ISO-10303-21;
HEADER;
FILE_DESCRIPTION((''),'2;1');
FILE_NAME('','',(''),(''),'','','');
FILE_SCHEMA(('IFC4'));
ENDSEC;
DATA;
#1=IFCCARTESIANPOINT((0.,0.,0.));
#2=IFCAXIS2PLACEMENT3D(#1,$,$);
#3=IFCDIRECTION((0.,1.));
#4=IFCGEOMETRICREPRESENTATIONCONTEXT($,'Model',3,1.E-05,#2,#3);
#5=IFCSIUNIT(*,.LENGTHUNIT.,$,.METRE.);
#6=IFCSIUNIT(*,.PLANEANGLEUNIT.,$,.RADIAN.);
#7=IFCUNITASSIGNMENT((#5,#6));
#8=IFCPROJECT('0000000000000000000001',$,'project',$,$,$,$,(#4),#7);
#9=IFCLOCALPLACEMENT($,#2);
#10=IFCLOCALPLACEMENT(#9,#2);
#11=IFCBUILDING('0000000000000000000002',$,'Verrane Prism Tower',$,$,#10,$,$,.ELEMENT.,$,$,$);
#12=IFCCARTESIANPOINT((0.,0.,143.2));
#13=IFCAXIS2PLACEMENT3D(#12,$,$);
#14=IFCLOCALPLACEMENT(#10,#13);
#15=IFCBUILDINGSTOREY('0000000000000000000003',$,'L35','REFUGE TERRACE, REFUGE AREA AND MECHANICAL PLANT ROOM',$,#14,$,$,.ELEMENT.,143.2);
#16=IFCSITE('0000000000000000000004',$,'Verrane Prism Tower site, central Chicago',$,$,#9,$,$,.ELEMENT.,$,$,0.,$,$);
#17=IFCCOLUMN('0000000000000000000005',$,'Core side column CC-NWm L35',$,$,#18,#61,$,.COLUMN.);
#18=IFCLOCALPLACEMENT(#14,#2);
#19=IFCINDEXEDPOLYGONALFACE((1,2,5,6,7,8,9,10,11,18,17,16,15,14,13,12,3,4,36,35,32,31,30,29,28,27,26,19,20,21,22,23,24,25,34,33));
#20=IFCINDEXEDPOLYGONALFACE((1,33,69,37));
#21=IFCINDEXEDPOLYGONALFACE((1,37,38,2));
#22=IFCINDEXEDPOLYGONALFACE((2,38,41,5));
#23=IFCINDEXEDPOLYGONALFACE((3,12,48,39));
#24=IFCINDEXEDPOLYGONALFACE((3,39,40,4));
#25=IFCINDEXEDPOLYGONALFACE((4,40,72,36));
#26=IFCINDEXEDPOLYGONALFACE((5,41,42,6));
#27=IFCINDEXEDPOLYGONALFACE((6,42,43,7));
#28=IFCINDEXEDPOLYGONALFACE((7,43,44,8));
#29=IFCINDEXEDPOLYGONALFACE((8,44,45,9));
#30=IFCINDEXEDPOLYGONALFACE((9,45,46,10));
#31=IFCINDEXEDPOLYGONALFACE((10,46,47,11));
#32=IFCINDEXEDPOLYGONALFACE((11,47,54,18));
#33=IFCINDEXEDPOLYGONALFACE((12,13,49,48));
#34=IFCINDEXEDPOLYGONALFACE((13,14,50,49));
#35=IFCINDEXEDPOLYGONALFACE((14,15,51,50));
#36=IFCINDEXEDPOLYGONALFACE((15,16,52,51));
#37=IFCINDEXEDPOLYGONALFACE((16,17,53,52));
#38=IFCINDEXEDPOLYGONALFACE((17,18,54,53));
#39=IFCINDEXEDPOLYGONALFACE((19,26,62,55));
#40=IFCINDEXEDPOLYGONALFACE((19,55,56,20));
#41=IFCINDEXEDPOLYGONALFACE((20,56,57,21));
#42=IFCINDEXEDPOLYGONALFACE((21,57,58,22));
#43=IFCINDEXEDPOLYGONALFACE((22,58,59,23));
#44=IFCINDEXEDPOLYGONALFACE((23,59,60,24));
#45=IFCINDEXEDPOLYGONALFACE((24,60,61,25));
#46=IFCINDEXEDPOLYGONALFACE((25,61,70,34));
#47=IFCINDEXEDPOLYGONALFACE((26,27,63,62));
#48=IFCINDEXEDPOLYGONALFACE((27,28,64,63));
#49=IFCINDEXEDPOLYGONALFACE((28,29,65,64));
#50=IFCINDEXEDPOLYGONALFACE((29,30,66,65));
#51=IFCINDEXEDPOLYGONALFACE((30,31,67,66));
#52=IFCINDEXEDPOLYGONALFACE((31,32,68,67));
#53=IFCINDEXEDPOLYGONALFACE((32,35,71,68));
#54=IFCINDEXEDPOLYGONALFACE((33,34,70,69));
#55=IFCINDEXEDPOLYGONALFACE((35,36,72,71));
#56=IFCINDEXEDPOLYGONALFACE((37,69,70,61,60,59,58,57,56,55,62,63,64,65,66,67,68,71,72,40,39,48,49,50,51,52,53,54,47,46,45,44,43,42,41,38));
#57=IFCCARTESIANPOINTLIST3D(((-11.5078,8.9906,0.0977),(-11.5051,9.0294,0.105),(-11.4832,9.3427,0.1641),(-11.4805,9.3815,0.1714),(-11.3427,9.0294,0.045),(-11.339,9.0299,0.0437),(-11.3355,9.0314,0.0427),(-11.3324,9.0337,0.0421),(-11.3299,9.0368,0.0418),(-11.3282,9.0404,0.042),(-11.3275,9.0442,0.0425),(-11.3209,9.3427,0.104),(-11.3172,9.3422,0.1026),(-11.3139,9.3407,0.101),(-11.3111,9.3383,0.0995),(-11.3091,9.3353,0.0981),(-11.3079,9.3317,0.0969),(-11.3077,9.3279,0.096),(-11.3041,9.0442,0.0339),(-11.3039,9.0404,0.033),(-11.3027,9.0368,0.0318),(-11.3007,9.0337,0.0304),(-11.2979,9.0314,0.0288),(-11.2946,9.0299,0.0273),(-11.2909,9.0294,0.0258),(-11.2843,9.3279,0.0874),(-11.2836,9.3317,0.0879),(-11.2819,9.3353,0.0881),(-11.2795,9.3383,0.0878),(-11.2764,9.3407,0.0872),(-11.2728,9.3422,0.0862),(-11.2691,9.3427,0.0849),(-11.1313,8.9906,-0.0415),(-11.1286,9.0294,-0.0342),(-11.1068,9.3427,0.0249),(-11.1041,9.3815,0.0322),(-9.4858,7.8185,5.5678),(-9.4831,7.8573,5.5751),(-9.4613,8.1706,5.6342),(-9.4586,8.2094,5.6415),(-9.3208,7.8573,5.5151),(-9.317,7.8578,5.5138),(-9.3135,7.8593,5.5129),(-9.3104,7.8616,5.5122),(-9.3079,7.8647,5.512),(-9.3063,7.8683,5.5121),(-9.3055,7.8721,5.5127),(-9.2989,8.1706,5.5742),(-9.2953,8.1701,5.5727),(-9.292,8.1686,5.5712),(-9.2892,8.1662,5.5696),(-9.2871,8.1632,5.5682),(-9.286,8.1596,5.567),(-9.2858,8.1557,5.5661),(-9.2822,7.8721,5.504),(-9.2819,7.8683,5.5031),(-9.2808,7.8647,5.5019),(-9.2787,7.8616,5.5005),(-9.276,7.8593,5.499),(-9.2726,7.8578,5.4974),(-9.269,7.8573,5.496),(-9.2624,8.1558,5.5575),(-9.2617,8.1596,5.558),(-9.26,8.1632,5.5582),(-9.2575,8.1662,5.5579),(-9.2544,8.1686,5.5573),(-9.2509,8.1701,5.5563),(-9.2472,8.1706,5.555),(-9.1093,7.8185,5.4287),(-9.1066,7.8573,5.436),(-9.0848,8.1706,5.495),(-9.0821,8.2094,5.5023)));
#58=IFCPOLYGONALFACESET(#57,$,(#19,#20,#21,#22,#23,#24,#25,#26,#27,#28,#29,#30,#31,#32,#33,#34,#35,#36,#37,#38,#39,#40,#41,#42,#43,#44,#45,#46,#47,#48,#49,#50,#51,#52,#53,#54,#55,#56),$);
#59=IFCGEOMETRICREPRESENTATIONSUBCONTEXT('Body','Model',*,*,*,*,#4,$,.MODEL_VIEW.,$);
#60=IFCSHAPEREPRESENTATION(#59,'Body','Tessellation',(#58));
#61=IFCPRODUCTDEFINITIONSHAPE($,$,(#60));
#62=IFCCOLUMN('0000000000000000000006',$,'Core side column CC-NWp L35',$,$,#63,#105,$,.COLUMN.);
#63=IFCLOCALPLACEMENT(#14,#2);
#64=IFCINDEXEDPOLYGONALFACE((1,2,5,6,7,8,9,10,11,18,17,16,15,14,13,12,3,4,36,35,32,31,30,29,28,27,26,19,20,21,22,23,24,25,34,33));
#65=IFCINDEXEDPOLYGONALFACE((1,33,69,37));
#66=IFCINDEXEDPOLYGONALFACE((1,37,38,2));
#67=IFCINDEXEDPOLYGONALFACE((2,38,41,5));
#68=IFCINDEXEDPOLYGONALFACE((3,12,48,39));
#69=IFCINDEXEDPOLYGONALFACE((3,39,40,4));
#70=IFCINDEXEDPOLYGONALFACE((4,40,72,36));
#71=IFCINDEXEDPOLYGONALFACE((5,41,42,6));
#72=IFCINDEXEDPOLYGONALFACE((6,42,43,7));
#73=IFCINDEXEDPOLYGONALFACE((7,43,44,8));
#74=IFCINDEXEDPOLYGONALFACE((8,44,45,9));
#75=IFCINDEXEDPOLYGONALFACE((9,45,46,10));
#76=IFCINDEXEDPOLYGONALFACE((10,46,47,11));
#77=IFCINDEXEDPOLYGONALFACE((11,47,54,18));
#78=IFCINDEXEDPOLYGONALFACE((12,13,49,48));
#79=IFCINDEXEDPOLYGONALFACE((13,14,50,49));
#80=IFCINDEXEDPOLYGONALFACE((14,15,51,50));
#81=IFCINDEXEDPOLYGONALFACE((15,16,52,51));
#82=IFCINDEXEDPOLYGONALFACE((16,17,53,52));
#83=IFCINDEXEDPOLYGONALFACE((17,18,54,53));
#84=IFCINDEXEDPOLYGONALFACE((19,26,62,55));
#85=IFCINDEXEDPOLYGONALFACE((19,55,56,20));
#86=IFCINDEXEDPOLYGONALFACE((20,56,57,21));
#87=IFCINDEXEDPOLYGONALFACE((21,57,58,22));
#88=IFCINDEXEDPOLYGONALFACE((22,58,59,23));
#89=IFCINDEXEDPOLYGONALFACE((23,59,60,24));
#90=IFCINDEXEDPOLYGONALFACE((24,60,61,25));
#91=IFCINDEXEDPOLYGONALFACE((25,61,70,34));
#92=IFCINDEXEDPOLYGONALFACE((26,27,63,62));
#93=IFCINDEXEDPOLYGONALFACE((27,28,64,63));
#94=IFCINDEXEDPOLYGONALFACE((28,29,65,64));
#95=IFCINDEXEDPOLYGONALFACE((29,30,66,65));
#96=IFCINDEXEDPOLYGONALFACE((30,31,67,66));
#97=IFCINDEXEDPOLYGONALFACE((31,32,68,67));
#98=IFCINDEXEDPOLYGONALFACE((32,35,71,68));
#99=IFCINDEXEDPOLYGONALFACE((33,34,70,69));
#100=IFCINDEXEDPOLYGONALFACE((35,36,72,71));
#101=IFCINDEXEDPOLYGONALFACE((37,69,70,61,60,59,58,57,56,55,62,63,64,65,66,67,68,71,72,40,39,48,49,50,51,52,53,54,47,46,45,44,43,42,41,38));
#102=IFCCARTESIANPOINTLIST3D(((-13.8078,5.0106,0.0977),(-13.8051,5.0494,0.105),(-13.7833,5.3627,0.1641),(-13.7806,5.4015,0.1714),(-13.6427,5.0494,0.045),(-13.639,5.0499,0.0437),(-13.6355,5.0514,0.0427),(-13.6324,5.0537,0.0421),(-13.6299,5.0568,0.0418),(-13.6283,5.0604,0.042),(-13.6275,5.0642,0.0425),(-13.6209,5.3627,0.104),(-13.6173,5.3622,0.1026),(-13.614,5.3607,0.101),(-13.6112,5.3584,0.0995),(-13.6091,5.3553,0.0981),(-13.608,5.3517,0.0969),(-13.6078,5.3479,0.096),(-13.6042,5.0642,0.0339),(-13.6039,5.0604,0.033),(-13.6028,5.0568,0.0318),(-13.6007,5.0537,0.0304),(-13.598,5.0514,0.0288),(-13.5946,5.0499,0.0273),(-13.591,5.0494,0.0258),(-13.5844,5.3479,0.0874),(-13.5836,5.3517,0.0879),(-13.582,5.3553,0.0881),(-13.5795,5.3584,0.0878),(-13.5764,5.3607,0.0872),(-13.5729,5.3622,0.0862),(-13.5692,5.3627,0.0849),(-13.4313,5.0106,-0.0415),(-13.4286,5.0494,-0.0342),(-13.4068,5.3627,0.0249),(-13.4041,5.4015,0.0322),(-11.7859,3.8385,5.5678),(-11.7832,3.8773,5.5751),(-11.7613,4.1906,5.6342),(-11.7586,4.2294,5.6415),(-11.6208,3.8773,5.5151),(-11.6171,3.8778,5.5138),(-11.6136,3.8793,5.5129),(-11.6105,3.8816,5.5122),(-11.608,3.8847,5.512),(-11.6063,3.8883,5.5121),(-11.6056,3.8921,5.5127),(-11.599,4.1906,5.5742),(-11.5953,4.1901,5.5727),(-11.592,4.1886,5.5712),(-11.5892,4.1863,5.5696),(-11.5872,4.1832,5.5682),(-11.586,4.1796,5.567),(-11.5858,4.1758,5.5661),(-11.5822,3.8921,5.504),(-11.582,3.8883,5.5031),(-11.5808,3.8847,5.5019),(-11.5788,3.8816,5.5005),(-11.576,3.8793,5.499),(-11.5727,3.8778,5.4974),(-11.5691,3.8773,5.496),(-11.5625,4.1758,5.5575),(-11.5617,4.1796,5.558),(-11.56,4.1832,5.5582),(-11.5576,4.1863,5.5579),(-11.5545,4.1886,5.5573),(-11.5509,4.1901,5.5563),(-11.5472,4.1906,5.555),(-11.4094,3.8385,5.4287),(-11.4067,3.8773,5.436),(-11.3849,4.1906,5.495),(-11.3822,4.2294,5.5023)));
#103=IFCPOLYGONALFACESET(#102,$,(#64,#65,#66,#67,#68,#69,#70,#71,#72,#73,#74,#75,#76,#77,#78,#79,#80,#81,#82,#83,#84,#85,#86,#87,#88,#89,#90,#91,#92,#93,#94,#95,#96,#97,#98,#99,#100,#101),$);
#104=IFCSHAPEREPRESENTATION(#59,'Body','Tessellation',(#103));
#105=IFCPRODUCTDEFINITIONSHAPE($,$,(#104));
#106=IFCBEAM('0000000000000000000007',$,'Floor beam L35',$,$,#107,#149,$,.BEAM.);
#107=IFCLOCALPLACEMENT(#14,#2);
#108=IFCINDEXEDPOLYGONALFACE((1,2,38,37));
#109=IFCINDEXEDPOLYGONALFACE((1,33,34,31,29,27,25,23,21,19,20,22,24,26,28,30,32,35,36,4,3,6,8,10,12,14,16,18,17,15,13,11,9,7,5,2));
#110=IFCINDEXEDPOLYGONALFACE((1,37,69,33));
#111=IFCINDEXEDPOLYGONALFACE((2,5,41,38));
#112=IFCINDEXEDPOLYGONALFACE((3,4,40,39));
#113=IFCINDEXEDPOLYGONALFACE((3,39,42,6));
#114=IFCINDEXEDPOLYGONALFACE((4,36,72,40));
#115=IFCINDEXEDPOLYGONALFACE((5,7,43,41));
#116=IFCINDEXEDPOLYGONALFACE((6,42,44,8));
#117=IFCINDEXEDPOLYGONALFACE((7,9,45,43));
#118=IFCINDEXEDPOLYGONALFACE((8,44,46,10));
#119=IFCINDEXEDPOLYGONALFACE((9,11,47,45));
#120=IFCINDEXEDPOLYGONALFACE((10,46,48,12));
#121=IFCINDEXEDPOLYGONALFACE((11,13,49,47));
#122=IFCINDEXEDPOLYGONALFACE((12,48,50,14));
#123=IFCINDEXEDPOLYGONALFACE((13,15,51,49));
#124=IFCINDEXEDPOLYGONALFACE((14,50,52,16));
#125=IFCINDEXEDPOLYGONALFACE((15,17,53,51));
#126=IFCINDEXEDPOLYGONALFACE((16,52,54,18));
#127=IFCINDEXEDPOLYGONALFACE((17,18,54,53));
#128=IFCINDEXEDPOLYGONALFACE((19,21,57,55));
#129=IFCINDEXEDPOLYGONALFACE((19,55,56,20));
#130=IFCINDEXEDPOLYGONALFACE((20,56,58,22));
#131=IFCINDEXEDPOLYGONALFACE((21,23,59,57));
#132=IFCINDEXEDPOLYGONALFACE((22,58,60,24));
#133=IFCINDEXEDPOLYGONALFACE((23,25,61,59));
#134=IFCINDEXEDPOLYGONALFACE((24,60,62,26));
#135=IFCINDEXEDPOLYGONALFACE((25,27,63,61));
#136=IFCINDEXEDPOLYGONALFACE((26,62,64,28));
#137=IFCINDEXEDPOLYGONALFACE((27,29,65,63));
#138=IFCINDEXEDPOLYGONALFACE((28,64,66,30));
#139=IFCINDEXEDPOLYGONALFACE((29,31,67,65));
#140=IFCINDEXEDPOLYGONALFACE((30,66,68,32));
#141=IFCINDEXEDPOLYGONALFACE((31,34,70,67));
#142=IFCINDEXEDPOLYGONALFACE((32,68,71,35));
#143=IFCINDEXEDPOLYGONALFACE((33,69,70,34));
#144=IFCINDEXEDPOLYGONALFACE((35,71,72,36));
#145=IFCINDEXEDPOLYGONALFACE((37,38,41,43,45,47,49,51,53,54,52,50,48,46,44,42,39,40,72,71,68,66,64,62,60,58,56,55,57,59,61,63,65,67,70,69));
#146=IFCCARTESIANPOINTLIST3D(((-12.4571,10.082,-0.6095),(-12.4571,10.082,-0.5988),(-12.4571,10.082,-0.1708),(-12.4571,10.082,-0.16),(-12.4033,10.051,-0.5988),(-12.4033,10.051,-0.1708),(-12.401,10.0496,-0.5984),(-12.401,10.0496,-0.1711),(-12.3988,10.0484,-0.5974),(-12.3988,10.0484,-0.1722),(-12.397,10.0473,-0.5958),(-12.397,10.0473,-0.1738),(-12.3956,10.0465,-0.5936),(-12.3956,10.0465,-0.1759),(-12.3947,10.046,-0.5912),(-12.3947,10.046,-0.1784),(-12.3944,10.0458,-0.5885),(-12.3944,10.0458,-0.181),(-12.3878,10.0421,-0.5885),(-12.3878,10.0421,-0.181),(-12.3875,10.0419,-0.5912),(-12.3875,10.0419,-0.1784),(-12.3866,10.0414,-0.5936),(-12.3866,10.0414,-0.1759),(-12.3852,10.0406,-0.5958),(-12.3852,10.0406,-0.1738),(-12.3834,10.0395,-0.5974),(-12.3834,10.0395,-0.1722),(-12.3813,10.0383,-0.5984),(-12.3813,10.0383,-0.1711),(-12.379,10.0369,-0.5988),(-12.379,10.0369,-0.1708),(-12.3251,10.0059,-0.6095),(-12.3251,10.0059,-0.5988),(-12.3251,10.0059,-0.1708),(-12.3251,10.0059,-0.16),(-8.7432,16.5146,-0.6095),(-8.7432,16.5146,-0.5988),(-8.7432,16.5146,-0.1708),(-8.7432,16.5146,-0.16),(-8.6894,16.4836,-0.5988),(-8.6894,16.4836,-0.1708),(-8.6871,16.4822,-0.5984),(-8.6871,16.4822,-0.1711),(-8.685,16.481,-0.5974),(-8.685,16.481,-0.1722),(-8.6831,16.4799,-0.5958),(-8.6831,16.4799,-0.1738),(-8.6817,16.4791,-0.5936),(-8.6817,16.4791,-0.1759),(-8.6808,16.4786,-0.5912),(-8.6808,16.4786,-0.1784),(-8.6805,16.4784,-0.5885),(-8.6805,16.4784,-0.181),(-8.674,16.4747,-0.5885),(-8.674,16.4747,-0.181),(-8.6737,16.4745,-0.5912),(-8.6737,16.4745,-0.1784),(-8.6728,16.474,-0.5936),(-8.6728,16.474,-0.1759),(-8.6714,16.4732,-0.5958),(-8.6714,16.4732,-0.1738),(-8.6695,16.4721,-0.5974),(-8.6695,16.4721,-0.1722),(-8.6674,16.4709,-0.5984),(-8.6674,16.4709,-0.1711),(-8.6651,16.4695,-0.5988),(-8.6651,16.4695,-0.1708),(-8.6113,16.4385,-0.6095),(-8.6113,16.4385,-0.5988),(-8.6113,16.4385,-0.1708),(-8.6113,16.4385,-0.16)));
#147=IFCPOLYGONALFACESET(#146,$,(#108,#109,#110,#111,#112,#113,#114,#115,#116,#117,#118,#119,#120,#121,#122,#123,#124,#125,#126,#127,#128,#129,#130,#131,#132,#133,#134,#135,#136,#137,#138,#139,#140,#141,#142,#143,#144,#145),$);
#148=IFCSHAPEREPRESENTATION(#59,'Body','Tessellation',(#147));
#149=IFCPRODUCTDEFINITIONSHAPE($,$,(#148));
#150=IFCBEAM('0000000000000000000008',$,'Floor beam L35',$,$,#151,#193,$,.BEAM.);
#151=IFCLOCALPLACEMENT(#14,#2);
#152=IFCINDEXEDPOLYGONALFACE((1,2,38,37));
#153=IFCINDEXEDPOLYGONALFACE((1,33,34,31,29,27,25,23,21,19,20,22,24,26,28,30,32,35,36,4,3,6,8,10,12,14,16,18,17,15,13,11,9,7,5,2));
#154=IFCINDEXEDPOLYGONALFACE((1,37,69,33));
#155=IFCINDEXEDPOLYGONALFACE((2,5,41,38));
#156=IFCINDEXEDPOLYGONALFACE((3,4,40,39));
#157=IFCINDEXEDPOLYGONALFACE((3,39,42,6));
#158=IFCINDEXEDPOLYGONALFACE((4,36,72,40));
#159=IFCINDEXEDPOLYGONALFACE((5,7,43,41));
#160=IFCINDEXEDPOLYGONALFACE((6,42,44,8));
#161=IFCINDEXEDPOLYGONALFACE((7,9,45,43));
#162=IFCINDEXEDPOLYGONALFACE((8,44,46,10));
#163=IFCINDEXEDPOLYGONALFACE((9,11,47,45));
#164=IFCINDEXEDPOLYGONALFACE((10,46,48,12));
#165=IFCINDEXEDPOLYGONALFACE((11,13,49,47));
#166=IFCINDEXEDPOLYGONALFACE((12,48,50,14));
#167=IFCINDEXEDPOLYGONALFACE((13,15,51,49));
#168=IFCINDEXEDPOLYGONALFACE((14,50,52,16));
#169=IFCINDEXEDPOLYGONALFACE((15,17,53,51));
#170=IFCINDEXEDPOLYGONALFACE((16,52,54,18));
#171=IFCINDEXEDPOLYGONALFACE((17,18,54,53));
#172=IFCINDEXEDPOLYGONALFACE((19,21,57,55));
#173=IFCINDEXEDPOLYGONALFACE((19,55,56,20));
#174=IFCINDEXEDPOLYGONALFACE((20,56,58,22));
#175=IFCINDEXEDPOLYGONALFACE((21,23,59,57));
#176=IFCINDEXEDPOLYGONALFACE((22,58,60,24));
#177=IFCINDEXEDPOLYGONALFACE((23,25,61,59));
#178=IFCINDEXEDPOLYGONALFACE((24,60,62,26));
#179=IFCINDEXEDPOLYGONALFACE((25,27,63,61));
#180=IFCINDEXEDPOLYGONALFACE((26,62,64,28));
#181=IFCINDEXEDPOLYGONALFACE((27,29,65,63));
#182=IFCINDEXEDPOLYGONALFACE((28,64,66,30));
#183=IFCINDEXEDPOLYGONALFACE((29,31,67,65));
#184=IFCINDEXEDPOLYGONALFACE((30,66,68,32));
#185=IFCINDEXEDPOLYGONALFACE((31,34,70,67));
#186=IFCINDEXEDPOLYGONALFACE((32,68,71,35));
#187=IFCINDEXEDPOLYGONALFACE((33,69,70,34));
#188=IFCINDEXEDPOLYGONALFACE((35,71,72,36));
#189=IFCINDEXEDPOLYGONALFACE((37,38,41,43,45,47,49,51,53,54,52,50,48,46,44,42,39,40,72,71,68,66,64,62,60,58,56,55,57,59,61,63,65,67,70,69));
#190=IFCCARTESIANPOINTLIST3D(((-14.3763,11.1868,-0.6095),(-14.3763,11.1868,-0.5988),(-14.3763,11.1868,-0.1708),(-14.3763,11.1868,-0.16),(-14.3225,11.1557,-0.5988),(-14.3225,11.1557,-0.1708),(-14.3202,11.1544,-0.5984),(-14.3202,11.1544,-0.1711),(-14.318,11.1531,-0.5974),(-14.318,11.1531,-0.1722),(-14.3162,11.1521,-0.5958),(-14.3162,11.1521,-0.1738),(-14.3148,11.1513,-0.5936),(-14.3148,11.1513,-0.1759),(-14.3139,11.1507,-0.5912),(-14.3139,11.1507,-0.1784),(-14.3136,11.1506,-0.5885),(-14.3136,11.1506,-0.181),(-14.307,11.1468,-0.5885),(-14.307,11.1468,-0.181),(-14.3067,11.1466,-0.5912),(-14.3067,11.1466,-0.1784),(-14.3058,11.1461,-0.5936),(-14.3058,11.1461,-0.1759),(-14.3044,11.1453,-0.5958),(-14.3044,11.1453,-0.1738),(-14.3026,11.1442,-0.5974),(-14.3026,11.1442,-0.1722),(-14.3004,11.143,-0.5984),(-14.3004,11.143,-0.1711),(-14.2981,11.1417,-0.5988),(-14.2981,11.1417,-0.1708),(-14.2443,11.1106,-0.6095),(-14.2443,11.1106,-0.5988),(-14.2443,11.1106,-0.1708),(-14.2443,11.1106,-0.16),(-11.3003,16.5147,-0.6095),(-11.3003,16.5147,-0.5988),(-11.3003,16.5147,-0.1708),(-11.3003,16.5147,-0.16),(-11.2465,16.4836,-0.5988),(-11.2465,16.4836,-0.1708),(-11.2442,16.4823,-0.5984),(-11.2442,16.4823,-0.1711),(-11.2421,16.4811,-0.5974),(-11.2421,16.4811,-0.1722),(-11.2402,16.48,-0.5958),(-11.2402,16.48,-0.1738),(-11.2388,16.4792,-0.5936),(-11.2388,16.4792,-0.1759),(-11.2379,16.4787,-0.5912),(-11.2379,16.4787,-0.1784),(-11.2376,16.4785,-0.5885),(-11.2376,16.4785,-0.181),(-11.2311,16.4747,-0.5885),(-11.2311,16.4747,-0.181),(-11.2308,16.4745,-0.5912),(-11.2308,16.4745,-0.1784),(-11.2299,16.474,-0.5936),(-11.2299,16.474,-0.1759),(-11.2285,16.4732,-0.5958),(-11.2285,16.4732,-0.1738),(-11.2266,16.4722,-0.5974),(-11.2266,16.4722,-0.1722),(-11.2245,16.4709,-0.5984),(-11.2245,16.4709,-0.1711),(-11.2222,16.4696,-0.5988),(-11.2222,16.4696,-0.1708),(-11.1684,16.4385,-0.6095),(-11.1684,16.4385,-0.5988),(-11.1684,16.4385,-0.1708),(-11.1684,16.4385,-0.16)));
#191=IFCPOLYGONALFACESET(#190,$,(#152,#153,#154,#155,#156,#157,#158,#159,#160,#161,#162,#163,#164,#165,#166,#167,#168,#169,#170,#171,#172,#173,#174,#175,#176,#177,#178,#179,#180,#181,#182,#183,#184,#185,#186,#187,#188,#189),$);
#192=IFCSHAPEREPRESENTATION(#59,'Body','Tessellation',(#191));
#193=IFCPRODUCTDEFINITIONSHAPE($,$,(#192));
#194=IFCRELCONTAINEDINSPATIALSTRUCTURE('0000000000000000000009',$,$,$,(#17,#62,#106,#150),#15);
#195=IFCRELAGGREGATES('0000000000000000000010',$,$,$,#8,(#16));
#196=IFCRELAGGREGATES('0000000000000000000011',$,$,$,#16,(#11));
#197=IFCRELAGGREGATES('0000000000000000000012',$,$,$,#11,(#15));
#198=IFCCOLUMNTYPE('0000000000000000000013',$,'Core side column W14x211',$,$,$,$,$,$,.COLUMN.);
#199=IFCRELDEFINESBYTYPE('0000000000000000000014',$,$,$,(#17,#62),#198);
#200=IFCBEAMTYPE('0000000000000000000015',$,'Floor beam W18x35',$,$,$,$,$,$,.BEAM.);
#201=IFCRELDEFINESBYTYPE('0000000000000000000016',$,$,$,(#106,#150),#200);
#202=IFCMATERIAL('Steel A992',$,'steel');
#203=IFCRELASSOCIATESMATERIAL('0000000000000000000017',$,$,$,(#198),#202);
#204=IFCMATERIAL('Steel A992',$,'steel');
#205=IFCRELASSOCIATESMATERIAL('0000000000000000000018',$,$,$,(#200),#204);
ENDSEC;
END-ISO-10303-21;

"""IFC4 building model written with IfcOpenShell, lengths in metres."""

from ifc_helpers import new_model, si_unit, direction, frame, origin, origin_2d, place, context, subcontext, project, spatial, i_section, extrude, material, material_profile, profile_set, type_object, element, save


model = new_model("IFC4")

# Units and contexts
model_context = context("Model", 3, precision=1e-05, world=origin(), true_north=direction((0.0, 1.0)))
body_context = subcontext(model_context, "Body", "Model", "MODEL_VIEW")
ifc_project = project(units=[si_unit("LENGTHUNIT", "METRE"), si_unit("PLANEANGLEUNIT", "RADIAN")], contexts=[model_context])

# Site, building, storey
site_placement = place(None, origin())
site = spatial("IfcSite", under=ifc_project, at=site_placement, Name="Verrane Prism Tower site, central Chicago", CompositionType="ELEMENT", RefElevation=0.0)
building_placement = place(site_placement, origin())
building = spatial("IfcBuilding", under=site, at=building_placement, Name="Verrane Prism Tower", CompositionType="ELEMENT")
storey_placement = place(building_placement, frame((0.0, 0.0, 143.2)))
storey = spatial("IfcBuildingStorey", under=building, at=storey_placement, Name="L35", Description="REFUGE TERRACE, REFUGE AREA AND MECHANICAL PLANT ROOM", CompositionType="ELEMENT", Elevation=143.2)

# Columns
ifc_material_1 = material(Name="Steel A992", Category="steel")
ifc_material_profile_1 = material_profile(ifc_material_1, i_section(OverallWidth=0.4014, OverallDepth=0.3987, WebThickness=0.0249, FlangeThickness=0.0396, FilletRadius=0.0151, at=origin_2d()), Name="W14x211")
ifc_profile_set_1 = profile_set([ifc_material_profile_1], Name="Steel A992")
column_type = type_object("IfcColumnType", Name="Core side column W14x211", PredefinedType="COLUMN", material=ifc_profile_set_1)
for number, where, z_axis, x_axis, name in (
    (1, (-11.3059, 9.186, 0.0649), (0.339909, -0.197042, 0.919585), (0.937975, 0.000011, -0.346704), "Core side column CC-NWm L35"),
    (2, (-13.606, 5.2061, 0.0649), (0.339909, -0.197042, 0.919585), (0.937975, 0.000011, -0.346704), "Core side column CC-NWp L35"),
):
    element("IfcColumn", number, at=place(storey_placement, frame(where, z_axis=z_axis, x_axis=x_axis)), inside=storey, type_object=column_type, Name=name, PredefinedType="COLUMN", context=body_context, shape_type="SweptSolid", body=[
        extrude(i_section(OverallWidth=0.4014, OverallDepth=0.3987, WebThickness=0.0249, FlangeThickness=0.0396, FilletRadius=0.0151, at=origin_2d()), origin(), (0.0, 0.0, 1.0), 5.9485),
    ])

# Beams
ifc_material_2 = material(Name="Steel A992", Category="steel")
ifc_material_profile_2 = material_profile(ifc_material_2, i_section(OverallWidth=0.1523, OverallDepth=0.4495, WebThickness=0.0076, FlangeThickness=0.0107, FilletRadius=0.0103, at=origin_2d()), Name="W18x35")
ifc_profile_set_2 = profile_set([ifc_material_profile_2], Name="Steel A992")
beam_type_1 = type_object("IfcBeamType", Name="Floor beam W18x35", PredefinedType="BEAM", material=ifc_profile_set_2)
beam_1_placement = place(storey_placement, frame((-12.3911, 10.0439, -0.3848), z_axis=(0.499999, 0.866026, 0.0), x_axis=(-0.866026, 0.499999, 0.0)))
element("IfcBeam", 3, at=beam_1_placement, inside=storey, type_object=beam_type_1, Name="Floor beam L35", PredefinedType="BEAM", context=body_context, shape_type="SweptSolid", body=[
    extrude(i_section(OverallWidth=0.1523, OverallDepth=0.4495, WebThickness=0.0076, FlangeThickness=0.0107, FilletRadius=0.0103, at=origin_2d()), origin(), (0.0, 0.0, 1.0), 7.4277),
])
beam_2_placement = place(storey_placement, frame((-14.3103, 11.1487, -0.3848), z_axis=(0.499985, 0.866034, 0.0), x_axis=(-0.866034, 0.499985, 0.0)))
element("IfcBeam", 4, at=beam_2_placement, inside=storey, type_object=beam_type_1, Name="Floor beam L35", PredefinedType="BEAM", context=body_context, shape_type="SweptSolid", body=[
    extrude(i_section(OverallWidth=0.1523, OverallDepth=0.4495, WebThickness=0.0076, FlangeThickness=0.0107, FilletRadius=0.0103, at=origin_2d()), origin(), (0.0, 0.0, 1.0), 6.1521),
])

save(model, "model.ifc")
